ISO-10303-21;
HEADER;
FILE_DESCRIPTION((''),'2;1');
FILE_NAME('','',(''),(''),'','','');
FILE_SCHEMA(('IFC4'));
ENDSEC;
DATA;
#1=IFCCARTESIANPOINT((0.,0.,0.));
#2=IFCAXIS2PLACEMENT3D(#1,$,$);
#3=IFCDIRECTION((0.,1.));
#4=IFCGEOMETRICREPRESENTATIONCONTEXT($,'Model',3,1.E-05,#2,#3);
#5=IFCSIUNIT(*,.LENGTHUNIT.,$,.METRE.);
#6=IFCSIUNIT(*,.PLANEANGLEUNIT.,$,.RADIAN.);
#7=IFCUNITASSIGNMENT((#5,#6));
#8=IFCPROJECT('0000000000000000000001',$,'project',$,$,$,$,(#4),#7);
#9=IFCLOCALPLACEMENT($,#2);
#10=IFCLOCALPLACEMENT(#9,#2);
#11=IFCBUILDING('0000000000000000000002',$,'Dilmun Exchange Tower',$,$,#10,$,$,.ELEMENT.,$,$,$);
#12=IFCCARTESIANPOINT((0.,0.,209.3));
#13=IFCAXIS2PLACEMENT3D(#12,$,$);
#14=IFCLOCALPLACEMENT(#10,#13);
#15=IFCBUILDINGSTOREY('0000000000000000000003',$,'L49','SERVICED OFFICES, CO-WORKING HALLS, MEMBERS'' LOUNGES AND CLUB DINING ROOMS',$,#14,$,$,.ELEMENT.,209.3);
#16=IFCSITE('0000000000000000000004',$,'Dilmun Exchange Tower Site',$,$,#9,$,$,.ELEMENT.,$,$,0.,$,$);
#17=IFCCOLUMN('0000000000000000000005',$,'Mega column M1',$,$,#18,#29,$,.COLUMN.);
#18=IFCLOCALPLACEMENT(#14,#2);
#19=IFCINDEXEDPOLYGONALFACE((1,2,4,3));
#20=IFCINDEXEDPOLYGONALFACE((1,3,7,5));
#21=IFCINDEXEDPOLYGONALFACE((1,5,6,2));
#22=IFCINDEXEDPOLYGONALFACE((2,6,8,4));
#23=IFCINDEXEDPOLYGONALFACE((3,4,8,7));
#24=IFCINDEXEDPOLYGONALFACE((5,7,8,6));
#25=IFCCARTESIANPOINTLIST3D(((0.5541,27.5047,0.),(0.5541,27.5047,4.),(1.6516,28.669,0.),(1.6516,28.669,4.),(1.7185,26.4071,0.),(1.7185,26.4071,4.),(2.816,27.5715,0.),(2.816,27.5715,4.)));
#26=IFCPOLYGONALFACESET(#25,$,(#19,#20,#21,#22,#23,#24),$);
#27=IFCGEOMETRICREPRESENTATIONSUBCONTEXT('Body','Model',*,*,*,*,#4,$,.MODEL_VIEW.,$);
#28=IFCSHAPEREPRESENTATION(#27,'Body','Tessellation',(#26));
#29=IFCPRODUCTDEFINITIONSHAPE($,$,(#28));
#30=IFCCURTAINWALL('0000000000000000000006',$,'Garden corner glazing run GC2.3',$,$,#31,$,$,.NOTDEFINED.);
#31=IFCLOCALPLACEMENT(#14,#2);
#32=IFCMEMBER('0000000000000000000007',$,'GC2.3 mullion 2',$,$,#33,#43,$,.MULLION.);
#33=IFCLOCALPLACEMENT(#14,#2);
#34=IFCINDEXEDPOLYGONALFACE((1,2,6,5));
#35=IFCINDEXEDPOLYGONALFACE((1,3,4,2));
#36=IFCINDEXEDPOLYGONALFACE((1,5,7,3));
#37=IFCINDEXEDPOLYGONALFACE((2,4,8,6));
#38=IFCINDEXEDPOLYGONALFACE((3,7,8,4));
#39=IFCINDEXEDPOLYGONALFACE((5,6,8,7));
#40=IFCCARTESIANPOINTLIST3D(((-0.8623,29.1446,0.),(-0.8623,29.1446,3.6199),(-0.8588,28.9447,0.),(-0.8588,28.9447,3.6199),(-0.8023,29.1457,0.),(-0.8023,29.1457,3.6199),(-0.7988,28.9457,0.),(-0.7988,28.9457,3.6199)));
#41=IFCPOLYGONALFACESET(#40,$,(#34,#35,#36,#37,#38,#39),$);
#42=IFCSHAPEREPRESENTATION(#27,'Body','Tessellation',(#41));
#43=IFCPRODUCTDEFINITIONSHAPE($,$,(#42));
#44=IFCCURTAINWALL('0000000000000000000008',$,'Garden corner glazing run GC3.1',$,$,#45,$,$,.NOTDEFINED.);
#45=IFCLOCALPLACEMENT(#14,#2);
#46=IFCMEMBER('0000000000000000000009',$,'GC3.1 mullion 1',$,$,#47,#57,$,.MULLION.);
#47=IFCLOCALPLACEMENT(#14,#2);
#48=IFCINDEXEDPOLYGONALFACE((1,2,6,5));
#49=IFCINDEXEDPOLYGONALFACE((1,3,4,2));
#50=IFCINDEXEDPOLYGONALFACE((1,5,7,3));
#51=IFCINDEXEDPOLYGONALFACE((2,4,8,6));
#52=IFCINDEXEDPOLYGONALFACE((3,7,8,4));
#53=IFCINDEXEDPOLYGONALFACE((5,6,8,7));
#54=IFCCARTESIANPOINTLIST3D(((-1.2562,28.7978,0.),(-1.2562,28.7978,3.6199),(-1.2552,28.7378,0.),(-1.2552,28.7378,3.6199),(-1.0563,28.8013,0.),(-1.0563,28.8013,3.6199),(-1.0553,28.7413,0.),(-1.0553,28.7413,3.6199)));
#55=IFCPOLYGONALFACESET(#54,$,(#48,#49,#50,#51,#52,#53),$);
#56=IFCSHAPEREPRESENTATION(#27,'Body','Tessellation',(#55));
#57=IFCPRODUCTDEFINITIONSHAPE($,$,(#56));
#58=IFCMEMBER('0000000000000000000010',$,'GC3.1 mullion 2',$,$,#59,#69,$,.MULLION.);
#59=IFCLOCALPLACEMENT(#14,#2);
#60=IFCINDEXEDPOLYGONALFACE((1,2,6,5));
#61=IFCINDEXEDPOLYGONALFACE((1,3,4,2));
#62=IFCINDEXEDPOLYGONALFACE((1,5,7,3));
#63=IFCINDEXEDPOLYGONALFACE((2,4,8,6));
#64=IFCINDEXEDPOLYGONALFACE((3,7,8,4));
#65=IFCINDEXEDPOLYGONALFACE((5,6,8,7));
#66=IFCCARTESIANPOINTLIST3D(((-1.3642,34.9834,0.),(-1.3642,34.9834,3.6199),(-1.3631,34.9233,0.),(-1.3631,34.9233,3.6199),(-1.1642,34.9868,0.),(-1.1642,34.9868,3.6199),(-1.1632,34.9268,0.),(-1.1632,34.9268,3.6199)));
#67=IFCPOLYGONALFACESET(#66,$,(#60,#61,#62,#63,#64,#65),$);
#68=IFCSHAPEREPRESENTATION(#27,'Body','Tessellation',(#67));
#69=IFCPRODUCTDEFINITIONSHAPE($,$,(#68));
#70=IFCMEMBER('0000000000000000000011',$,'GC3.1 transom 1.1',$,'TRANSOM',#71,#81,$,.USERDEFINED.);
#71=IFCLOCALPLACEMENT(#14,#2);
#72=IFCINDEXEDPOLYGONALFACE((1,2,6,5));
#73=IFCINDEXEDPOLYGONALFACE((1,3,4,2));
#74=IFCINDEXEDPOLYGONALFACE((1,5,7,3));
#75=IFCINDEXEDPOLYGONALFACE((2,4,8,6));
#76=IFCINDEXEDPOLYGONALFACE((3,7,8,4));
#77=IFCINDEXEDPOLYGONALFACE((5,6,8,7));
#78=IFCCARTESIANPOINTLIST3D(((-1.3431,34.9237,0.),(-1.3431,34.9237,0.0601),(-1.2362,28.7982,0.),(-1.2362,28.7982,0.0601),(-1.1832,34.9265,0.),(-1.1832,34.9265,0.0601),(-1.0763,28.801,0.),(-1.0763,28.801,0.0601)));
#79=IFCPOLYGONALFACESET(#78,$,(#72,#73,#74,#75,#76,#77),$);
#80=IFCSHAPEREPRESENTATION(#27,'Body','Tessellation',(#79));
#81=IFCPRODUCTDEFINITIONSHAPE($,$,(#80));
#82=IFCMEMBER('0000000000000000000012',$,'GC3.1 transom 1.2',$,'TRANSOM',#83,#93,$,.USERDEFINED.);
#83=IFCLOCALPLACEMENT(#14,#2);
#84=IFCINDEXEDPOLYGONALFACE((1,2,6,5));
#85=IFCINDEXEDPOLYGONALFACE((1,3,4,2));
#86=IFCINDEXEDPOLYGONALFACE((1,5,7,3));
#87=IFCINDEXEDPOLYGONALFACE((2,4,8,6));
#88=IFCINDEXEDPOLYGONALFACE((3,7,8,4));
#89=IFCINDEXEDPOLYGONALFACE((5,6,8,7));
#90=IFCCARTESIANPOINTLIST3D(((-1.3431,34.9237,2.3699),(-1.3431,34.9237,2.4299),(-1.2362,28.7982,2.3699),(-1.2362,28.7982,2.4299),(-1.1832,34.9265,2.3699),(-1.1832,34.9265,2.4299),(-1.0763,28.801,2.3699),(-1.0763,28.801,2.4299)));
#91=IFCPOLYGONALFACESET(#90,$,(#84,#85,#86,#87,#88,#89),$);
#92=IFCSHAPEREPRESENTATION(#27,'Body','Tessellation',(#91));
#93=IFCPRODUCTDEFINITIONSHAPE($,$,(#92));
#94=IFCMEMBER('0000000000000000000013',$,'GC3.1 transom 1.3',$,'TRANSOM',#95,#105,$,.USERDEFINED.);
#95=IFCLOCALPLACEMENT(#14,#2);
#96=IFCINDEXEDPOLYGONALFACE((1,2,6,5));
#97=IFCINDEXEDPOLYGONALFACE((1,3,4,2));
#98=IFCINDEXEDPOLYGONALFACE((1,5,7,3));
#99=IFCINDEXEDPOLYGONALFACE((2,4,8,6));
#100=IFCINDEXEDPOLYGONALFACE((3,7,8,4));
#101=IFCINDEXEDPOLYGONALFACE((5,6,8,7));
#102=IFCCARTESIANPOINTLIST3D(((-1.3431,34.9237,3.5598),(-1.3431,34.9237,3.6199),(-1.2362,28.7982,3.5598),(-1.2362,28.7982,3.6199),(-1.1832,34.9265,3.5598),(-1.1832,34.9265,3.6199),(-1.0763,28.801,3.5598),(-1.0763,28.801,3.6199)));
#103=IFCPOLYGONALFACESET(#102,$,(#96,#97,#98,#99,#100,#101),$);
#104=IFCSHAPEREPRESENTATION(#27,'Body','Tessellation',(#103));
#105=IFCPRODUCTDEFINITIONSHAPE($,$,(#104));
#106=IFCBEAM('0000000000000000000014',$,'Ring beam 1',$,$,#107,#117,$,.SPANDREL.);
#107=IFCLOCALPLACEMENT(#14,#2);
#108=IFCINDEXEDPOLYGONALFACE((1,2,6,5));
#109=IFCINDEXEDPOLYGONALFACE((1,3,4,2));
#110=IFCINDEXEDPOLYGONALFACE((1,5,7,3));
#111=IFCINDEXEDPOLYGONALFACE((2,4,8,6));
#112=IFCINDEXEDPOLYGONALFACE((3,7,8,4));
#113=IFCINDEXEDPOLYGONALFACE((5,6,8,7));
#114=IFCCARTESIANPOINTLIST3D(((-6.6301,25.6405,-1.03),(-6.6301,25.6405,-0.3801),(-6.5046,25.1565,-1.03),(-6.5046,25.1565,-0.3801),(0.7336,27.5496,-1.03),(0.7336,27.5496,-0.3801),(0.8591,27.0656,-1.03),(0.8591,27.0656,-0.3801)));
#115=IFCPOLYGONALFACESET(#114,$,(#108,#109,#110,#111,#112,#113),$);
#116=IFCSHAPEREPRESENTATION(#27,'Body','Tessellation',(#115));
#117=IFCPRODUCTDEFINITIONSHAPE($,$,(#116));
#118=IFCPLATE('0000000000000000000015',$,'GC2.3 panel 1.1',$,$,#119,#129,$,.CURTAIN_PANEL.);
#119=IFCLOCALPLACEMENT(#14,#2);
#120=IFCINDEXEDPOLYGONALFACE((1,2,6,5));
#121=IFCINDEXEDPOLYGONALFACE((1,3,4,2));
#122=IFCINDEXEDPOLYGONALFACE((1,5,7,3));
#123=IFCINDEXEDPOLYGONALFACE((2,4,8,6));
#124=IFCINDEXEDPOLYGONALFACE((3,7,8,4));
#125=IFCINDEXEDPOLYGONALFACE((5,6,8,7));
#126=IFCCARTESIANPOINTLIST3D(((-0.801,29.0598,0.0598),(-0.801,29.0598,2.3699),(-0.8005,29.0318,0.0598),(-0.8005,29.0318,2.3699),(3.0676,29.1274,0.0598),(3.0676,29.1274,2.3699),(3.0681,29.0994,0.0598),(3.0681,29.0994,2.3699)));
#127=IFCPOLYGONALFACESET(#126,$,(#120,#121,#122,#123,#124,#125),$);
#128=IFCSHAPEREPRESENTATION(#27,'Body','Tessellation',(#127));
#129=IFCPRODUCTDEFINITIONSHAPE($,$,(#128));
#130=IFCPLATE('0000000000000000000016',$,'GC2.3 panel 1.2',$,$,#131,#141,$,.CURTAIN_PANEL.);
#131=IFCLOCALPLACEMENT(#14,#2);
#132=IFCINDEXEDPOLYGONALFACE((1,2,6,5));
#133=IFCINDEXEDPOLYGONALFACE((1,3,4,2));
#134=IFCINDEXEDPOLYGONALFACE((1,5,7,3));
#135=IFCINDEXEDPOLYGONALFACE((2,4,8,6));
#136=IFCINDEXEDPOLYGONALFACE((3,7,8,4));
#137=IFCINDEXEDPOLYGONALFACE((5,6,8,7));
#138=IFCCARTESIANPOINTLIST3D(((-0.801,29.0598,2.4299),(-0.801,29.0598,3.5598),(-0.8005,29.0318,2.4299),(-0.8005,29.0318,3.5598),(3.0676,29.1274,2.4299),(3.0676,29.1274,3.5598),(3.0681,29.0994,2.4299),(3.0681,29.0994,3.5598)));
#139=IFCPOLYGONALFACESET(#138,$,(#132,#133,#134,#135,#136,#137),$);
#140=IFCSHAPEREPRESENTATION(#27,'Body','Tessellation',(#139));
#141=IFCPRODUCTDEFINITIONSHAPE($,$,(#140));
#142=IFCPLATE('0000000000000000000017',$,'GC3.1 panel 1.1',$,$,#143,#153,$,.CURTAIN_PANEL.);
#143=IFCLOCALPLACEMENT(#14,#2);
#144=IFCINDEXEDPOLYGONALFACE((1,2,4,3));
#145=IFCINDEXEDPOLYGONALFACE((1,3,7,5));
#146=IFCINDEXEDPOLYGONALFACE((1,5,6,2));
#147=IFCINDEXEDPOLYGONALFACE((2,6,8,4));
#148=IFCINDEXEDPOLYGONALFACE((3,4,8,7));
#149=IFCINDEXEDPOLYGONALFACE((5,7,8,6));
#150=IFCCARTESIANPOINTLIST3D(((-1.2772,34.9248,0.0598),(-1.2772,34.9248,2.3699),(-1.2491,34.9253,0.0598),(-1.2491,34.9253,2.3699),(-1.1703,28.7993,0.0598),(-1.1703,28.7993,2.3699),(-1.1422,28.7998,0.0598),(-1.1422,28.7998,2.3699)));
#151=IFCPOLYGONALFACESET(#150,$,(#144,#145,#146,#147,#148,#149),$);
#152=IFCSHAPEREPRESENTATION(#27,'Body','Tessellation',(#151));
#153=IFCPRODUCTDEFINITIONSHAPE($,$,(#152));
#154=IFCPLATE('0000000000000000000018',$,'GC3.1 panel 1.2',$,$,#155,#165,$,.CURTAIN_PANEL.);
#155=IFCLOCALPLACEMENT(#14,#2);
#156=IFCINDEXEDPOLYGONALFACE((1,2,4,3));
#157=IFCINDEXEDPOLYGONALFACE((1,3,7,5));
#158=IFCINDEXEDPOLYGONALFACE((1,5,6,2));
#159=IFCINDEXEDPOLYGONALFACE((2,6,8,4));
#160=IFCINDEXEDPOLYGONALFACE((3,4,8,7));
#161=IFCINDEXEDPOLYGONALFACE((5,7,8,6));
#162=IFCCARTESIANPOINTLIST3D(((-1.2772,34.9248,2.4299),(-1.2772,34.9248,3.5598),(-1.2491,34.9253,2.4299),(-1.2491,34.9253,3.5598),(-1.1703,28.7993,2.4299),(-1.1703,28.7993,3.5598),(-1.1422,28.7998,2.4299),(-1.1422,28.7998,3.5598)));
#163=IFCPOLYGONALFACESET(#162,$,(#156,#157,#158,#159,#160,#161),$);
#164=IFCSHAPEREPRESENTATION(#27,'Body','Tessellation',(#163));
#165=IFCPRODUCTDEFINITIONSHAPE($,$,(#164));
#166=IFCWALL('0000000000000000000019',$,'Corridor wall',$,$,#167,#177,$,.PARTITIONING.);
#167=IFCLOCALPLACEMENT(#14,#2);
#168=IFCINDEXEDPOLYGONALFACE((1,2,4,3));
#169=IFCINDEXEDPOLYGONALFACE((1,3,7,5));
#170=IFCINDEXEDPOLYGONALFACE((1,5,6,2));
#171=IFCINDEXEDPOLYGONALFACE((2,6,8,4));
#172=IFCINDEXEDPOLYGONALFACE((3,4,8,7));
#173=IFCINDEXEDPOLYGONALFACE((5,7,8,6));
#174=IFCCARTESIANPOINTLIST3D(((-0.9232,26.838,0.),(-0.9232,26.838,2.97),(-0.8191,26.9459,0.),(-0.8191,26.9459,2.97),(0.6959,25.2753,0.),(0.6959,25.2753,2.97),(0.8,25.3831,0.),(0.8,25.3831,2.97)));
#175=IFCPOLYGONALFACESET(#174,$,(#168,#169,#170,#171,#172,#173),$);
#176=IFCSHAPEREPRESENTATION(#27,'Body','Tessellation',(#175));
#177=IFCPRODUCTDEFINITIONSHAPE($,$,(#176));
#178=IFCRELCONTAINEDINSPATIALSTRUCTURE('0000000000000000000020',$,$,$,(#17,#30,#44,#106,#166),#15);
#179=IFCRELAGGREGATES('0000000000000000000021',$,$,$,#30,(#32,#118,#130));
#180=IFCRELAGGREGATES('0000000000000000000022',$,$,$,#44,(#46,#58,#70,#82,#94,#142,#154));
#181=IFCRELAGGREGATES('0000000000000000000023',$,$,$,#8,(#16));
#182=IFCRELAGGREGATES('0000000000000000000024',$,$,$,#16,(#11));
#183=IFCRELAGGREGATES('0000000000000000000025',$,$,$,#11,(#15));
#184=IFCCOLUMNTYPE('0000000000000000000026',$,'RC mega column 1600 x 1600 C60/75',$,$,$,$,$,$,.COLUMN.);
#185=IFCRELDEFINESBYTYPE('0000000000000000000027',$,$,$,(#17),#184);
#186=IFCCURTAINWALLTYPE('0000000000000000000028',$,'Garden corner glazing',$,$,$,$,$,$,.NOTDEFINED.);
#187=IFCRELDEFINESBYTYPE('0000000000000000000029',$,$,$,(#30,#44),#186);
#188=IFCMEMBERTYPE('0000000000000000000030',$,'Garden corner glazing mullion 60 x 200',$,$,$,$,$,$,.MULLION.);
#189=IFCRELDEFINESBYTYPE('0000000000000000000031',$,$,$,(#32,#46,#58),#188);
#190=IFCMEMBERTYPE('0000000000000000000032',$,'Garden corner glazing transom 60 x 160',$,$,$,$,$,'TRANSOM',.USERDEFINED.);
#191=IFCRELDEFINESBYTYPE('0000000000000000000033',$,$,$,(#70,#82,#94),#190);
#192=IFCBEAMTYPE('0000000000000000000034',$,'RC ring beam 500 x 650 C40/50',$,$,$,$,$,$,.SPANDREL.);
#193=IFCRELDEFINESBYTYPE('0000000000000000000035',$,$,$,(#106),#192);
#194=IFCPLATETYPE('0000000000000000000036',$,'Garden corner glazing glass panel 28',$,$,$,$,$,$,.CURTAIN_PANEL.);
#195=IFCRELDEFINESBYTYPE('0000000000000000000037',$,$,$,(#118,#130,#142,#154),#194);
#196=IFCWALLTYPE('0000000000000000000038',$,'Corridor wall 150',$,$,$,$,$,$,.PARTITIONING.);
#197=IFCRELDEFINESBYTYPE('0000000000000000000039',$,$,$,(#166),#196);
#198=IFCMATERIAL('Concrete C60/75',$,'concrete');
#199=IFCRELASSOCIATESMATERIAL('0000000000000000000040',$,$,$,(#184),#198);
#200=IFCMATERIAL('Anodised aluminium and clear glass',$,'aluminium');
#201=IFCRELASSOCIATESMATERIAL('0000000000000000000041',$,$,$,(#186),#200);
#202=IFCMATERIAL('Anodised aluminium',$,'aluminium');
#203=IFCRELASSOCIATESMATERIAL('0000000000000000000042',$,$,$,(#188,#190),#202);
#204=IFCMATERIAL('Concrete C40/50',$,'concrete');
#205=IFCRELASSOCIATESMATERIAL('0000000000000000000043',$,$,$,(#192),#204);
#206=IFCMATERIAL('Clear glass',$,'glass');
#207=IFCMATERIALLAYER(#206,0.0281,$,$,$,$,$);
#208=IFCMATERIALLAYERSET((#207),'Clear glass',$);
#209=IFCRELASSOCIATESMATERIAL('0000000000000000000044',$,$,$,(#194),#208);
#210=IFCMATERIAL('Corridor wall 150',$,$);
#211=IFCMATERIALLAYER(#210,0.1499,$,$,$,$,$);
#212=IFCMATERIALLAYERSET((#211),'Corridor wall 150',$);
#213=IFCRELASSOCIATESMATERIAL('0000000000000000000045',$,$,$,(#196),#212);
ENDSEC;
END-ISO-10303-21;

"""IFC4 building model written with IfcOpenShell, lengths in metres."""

from ifc_helpers import new_model, si_unit, direction, frame, frame_2d, origin, origin_2d, place, context, subcontext, project, spatial, rectangle, extrude, material, layer, layer_set, material_profile, profile_set, type_object, element, aggregate, save


model = new_model("IFC4")

# Units and contexts
model_context = context("Model", 3, precision=1e-05, world=origin(), true_north=direction((0.0, 1.0)))
body_context = subcontext(model_context, "Body", "Model", "MODEL_VIEW")
ifc_project = project(units=[si_unit("LENGTHUNIT", "METRE"), si_unit("PLANEANGLEUNIT", "RADIAN")], contexts=[model_context])

# Site, building, storey
site_placement = place(None, origin())
site = spatial("IfcSite", under=ifc_project, at=site_placement, Name="Dilmun Exchange Tower Site", CompositionType="ELEMENT", RefElevation=0.0)
building_placement = place(site_placement, origin())
building = spatial("IfcBuilding", under=site, at=building_placement, Name="Dilmun Exchange Tower", CompositionType="ELEMENT")
storey_placement = place(building_placement, frame((0.0, 0.0, 209.3)))
storey = spatial("IfcBuildingStorey", under=building, at=storey_placement, Name="L49", Description="SERVICED OFFICES, CO-WORKING HALLS, MEMBERS' LOUNGES AND CLUB DINING ROOMS", CompositionType="ELEMENT", Elevation=209.3)

# Column
ifc_material_1 = material(Name="Concrete C60/75", Category="concrete")
ifc_material_profile_1 = material_profile(ifc_material_1, rectangle(XDim=1.6001, YDim=1.6001, at=origin_2d()), Name="1600 x 1600")
ifc_profile_set_1 = profile_set([ifc_material_profile_1], Name="Concrete C60/75")
column_type = type_object("IfcColumnType", Name="RC mega column 1600 x 1600 C60/75", PredefinedType="COLUMN", material=ifc_profile_set_1)
column_placement = place(storey_placement, frame((1.6851, 27.5381, 0.0), z_axis=(0.0, 0.0, 1.0), x_axis=(0.685916, 0.727681, 0.0)))
element("IfcColumn", 1, at=column_placement, inside=storey, type_object=column_type, Name="Mega column M1", PredefinedType="COLUMN", context=body_context, shape_type="SweptSolid", body=[
    extrude(rectangle(XDim=1.6001, YDim=1.6001, at=origin_2d()), origin(), (0.0, 0.0, 1.0), 4.0),
])

# Curtain wall, member
ifc_material_2 = material(Name="Anodised aluminium and clear glass", Category="aluminium")
curtain_wall_type = type_object("IfcCurtainWallType", Name="Garden corner glazing", PredefinedType="NOTDEFINED", material=ifc_material_2)
curtain_wall_1_placement = place(storey_placement, origin())
curtain_wall_1 = element("IfcCurtainWall", 2, at=curtain_wall_1_placement, inside=storey, type_object=curtain_wall_type, Name="Garden corner glazing run GC2.3", PredefinedType="NOTDEFINED")
ifc_material_3 = material(Name="Anodised aluminium", Category="aluminium")
ifc_material_profile_2 = material_profile(ifc_material_3, rectangle(XDim=0.2, YDim=0.0601, at=origin_2d()), Name="AL 60x200")
ifc_profile_set_2 = profile_set([ifc_material_profile_2], Name="Anodised aluminium")
member_type_1 = type_object("IfcMemberType", Name="Garden corner glazing mullion 60 x 200", PredefinedType="MULLION", material=ifc_profile_set_2)
member_1_placement = place(storey_placement, frame((-0.8306, 29.0452, 0.0), z_axis=(0.0, 0.0, 1.0), x_axis=(0.017473, -0.999847, 0.0)))
member_1 = element("IfcMember", 3, at=member_1_placement, type_object=member_type_1, Name="GC2.3 mullion 2", PredefinedType="MULLION", context=body_context, shape_type="SweptSolid", body=[
    extrude(rectangle(XDim=0.2, YDim=0.0601, at=origin_2d()), origin(), (0.0, 0.0, 1.0), 3.6199),
])

# Curtain wall, members
curtain_wall_2_placement = place(storey_placement, origin())
curtain_wall_2 = element("IfcCurtainWall", 4, at=curtain_wall_2_placement, inside=storey, type_object=curtain_wall_type, Name="Garden corner glazing run GC3.1", PredefinedType="NOTDEFINED")
member_2_placement = place(storey_placement, frame((-1.1558, 28.7695, 0.0), z_axis=(0.0, 0.0, 1.0), x_axis=(-0.999848, -0.01745, 0.0)))
member_2 = element("IfcMember", 5, at=member_2_placement, type_object=member_type_1, Name="GC3.1 mullion 1", PredefinedType="MULLION", context=body_context, shape_type="SweptSolid", body=[
    extrude(rectangle(XDim=0.2, YDim=0.0601, at=origin_2d()), origin(), (0.0, 0.0, 1.0), 3.6199),
])
member_3_placement = place(storey_placement, frame((-1.2637, 34.9551, 0.0), z_axis=(0.0, 0.0, 1.0), x_axis=(-0.999848, -0.01745, 0.0)))
member_3 = element("IfcMember", 6, at=member_3_placement, type_object=member_type_1, Name="GC3.1 mullion 2", PredefinedType="MULLION", context=body_context, shape_type="SweptSolid", body=[
    extrude(rectangle(XDim=0.2, YDim=0.0601, at=origin_2d()), origin(), (0.0, 0.0, 1.0), 3.6199),
])
ifc_material_profile_3 = material_profile(ifc_material_3, rectangle(XDim=0.1599, YDim=0.0601, at=origin_2d()), Name="AL 60x160")
ifc_profile_set_3 = profile_set([ifc_material_profile_3], Name="Anodised aluminium")
member_type_2 = type_object("IfcMemberType", Name="Garden corner glazing transom 60 x 160", ElementType="TRANSOM", PredefinedType="USERDEFINED", material=ifc_profile_set_3)
member_4_placement = place(storey_placement, frame((-1.1562, 28.7996, 0.03), z_axis=(-0.017454, 0.999848, 0.0), x_axis=(-0.999848, -0.017454, 0.0)))
member_4 = element("IfcMember", 7, at=member_4_placement, type_object=member_type_2, Name="GC3.1 transom 1.1", ObjectType="TRANSOM", PredefinedType="USERDEFINED", context=body_context, shape_type="SweptSolid", body=[
    extrude(rectangle(XDim=0.1599, YDim=0.0601, at=origin_2d()), origin(), (0.0, 0.0, 1.0), 6.1265),
])
member_5_placement = place(storey_placement, frame((-1.1562, 28.7996, 2.3999), z_axis=(-0.017454, 0.999848, 0.0), x_axis=(-0.999848, -0.017454, 0.0)))
member_5 = element("IfcMember", 8, at=member_5_placement, type_object=member_type_2, Name="GC3.1 transom 1.2", ObjectType="TRANSOM", PredefinedType="USERDEFINED", context=body_context, shape_type="SweptSolid", body=[
    extrude(rectangle(XDim=0.1599, YDim=0.0601, at=origin_2d()), origin(), (0.0, 0.0, 1.0), 6.1265),
])
member_6_placement = place(storey_placement, frame((-1.1562, 28.7996, 3.5898), z_axis=(-0.017454, 0.999848, 0.0), x_axis=(-0.999848, -0.017454, 0.0)))
member_6 = element("IfcMember", 9, at=member_6_placement, type_object=member_type_2, Name="GC3.1 transom 1.3", ObjectType="TRANSOM", PredefinedType="USERDEFINED", context=body_context, shape_type="SweptSolid", body=[
    extrude(rectangle(XDim=0.1599, YDim=0.0601, at=origin_2d()), origin(), (0.0, 0.0, 1.0), 6.1265),
])

# Beam
ifc_material_4 = material(Name="Concrete C40/50", Category="concrete")
ifc_material_profile_4 = material_profile(ifc_material_4, rectangle(XDim=0.5, YDim=0.6499, at=origin_2d()), Name="500 x 650")
ifc_profile_set_4 = profile_set([ifc_material_profile_4], Name="Concrete C40/50")
beam_type = type_object("IfcBeamType", Name="RC ring beam 500 x 650 C40/50", PredefinedType="SPANDREL", material=ifc_profile_set_4)
beam_placement = place(storey_placement, frame((0.7964, 27.3076, -0.7051), z_axis=(-0.967995, -0.250969, 0.0), x_axis=(0.250969, -0.967995, 0.0)))
element("IfcBeam", 10, at=beam_placement, inside=storey, type_object=beam_type, Name="Ring beam 1", PredefinedType="SPANDREL", context=body_context, shape_type="SweptSolid", body=[
    extrude(rectangle(XDim=0.5, YDim=0.6499, at=origin_2d()), origin(), (0.0, 0.0, 1.0), 7.6072),
])

# Plates
ifc_material_5 = material(Name="Clear glass", Category="glass")
ifc_layer_1 = layer(ifc_material_5, 0.0281)
ifc_layer_set_1 = layer_set([ifc_layer_1], Name="Clear glass")
plate_type = type_object("IfcPlateType", Name="Garden corner glazing glass panel 28", PredefinedType="CURTAIN_PANEL", material=ifc_layer_set_1)
plate_1_placement = place(storey_placement, frame((1.1335, 29.0796, 0.0598), z_axis=(0.0, 0.0, 1.0), x_axis=(-0.999847, -0.017473, 0.0)))
plate_1 = element("IfcPlate", 11, at=plate_1_placement, type_object=plate_type, Name="GC2.3 panel 1.1", PredefinedType="CURTAIN_PANEL", context=body_context, shape_type="SweptSolid", body=[
    extrude(rectangle(XDim=3.8691, YDim=0.0281, at=origin_2d()), origin(), (0.0, 0.0, 1.0), 2.3101),
])
plate_2_placement = place(storey_placement, frame((1.1335, 29.0796, 2.4299), z_axis=(0.0, 0.0, 1.0), x_axis=(-0.999847, -0.017473, 0.0)))
plate_2 = element("IfcPlate", 12, at=plate_2_placement, type_object=plate_type, Name="GC2.3 panel 1.2", PredefinedType="CURTAIN_PANEL", context=body_context, shape_type="SweptSolid", body=[
    extrude(rectangle(XDim=3.8691, YDim=0.0281, at=origin_2d()), origin(), (0.0, 0.0, 1.0), 1.1299),
])
aggregate(curtain_wall_1, [member_1, plate_1, plate_2])
plate_3_placement = place(storey_placement, frame((-1.2097, 31.8623, 0.0598), z_axis=(0.0, 0.0, 1.0), x_axis=(-0.01745, 0.999848, 0.0)))
plate_3 = element("IfcPlate", 13, at=plate_3_placement, type_object=plate_type, Name="GC3.1 panel 1.1", PredefinedType="CURTAIN_PANEL", context=body_context, shape_type="SweptSolid", body=[
    extrude(rectangle(XDim=6.1265, YDim=0.0281, at=origin_2d()), origin(), (0.0, 0.0, 1.0), 2.3101),
])
plate_4_placement = place(storey_placement, frame((-1.2097, 31.8623, 2.4299), z_axis=(0.0, 0.0, 1.0), x_axis=(-0.01745, 0.999848, 0.0)))
plate_4 = element("IfcPlate", 14, at=plate_4_placement, type_object=plate_type, Name="GC3.1 panel 1.2", PredefinedType="CURTAIN_PANEL", context=body_context, shape_type="SweptSolid", body=[
    extrude(rectangle(XDim=6.1265, YDim=0.0281, at=origin_2d()), origin(), (0.0, 0.0, 1.0), 1.1299),
])
aggregate(curtain_wall_2, [member_2, member_3, member_4, member_5, member_6, plate_3, plate_4])

# Wall
ifc_material_6 = material(Name="Corridor wall 150")
ifc_layer_2 = layer(ifc_material_6, 0.1499)
ifc_layer_set_2 = layer_set([ifc_layer_2], Name="Corridor wall 150")
wall_type_1 = type_object("IfcWallType", Name="Corridor wall 150", PredefinedType="PARTITIONING", material=ifc_layer_set_2)
wall_1_placement = place(storey_placement, frame((-0.8711, 26.8918, 0.0), z_axis=(0.0, 0.0, 1.0), x_axis=(0.719527, -0.694465, 0.0)))
element("IfcWall", 15, at=wall_1_placement, inside=storey, type_object=wall_type_1, Name="Corridor wall", PredefinedType="PARTITIONING", context=body_context, shape_type="SweptSolid", body=[
    extrude(rectangle(XDim=2.2502, YDim=0.1499, at=frame_2d((1.125, 0.0))), origin(), (0.0, 0.0, 1.0), 2.97),
])

save(model, "model.ifc")
